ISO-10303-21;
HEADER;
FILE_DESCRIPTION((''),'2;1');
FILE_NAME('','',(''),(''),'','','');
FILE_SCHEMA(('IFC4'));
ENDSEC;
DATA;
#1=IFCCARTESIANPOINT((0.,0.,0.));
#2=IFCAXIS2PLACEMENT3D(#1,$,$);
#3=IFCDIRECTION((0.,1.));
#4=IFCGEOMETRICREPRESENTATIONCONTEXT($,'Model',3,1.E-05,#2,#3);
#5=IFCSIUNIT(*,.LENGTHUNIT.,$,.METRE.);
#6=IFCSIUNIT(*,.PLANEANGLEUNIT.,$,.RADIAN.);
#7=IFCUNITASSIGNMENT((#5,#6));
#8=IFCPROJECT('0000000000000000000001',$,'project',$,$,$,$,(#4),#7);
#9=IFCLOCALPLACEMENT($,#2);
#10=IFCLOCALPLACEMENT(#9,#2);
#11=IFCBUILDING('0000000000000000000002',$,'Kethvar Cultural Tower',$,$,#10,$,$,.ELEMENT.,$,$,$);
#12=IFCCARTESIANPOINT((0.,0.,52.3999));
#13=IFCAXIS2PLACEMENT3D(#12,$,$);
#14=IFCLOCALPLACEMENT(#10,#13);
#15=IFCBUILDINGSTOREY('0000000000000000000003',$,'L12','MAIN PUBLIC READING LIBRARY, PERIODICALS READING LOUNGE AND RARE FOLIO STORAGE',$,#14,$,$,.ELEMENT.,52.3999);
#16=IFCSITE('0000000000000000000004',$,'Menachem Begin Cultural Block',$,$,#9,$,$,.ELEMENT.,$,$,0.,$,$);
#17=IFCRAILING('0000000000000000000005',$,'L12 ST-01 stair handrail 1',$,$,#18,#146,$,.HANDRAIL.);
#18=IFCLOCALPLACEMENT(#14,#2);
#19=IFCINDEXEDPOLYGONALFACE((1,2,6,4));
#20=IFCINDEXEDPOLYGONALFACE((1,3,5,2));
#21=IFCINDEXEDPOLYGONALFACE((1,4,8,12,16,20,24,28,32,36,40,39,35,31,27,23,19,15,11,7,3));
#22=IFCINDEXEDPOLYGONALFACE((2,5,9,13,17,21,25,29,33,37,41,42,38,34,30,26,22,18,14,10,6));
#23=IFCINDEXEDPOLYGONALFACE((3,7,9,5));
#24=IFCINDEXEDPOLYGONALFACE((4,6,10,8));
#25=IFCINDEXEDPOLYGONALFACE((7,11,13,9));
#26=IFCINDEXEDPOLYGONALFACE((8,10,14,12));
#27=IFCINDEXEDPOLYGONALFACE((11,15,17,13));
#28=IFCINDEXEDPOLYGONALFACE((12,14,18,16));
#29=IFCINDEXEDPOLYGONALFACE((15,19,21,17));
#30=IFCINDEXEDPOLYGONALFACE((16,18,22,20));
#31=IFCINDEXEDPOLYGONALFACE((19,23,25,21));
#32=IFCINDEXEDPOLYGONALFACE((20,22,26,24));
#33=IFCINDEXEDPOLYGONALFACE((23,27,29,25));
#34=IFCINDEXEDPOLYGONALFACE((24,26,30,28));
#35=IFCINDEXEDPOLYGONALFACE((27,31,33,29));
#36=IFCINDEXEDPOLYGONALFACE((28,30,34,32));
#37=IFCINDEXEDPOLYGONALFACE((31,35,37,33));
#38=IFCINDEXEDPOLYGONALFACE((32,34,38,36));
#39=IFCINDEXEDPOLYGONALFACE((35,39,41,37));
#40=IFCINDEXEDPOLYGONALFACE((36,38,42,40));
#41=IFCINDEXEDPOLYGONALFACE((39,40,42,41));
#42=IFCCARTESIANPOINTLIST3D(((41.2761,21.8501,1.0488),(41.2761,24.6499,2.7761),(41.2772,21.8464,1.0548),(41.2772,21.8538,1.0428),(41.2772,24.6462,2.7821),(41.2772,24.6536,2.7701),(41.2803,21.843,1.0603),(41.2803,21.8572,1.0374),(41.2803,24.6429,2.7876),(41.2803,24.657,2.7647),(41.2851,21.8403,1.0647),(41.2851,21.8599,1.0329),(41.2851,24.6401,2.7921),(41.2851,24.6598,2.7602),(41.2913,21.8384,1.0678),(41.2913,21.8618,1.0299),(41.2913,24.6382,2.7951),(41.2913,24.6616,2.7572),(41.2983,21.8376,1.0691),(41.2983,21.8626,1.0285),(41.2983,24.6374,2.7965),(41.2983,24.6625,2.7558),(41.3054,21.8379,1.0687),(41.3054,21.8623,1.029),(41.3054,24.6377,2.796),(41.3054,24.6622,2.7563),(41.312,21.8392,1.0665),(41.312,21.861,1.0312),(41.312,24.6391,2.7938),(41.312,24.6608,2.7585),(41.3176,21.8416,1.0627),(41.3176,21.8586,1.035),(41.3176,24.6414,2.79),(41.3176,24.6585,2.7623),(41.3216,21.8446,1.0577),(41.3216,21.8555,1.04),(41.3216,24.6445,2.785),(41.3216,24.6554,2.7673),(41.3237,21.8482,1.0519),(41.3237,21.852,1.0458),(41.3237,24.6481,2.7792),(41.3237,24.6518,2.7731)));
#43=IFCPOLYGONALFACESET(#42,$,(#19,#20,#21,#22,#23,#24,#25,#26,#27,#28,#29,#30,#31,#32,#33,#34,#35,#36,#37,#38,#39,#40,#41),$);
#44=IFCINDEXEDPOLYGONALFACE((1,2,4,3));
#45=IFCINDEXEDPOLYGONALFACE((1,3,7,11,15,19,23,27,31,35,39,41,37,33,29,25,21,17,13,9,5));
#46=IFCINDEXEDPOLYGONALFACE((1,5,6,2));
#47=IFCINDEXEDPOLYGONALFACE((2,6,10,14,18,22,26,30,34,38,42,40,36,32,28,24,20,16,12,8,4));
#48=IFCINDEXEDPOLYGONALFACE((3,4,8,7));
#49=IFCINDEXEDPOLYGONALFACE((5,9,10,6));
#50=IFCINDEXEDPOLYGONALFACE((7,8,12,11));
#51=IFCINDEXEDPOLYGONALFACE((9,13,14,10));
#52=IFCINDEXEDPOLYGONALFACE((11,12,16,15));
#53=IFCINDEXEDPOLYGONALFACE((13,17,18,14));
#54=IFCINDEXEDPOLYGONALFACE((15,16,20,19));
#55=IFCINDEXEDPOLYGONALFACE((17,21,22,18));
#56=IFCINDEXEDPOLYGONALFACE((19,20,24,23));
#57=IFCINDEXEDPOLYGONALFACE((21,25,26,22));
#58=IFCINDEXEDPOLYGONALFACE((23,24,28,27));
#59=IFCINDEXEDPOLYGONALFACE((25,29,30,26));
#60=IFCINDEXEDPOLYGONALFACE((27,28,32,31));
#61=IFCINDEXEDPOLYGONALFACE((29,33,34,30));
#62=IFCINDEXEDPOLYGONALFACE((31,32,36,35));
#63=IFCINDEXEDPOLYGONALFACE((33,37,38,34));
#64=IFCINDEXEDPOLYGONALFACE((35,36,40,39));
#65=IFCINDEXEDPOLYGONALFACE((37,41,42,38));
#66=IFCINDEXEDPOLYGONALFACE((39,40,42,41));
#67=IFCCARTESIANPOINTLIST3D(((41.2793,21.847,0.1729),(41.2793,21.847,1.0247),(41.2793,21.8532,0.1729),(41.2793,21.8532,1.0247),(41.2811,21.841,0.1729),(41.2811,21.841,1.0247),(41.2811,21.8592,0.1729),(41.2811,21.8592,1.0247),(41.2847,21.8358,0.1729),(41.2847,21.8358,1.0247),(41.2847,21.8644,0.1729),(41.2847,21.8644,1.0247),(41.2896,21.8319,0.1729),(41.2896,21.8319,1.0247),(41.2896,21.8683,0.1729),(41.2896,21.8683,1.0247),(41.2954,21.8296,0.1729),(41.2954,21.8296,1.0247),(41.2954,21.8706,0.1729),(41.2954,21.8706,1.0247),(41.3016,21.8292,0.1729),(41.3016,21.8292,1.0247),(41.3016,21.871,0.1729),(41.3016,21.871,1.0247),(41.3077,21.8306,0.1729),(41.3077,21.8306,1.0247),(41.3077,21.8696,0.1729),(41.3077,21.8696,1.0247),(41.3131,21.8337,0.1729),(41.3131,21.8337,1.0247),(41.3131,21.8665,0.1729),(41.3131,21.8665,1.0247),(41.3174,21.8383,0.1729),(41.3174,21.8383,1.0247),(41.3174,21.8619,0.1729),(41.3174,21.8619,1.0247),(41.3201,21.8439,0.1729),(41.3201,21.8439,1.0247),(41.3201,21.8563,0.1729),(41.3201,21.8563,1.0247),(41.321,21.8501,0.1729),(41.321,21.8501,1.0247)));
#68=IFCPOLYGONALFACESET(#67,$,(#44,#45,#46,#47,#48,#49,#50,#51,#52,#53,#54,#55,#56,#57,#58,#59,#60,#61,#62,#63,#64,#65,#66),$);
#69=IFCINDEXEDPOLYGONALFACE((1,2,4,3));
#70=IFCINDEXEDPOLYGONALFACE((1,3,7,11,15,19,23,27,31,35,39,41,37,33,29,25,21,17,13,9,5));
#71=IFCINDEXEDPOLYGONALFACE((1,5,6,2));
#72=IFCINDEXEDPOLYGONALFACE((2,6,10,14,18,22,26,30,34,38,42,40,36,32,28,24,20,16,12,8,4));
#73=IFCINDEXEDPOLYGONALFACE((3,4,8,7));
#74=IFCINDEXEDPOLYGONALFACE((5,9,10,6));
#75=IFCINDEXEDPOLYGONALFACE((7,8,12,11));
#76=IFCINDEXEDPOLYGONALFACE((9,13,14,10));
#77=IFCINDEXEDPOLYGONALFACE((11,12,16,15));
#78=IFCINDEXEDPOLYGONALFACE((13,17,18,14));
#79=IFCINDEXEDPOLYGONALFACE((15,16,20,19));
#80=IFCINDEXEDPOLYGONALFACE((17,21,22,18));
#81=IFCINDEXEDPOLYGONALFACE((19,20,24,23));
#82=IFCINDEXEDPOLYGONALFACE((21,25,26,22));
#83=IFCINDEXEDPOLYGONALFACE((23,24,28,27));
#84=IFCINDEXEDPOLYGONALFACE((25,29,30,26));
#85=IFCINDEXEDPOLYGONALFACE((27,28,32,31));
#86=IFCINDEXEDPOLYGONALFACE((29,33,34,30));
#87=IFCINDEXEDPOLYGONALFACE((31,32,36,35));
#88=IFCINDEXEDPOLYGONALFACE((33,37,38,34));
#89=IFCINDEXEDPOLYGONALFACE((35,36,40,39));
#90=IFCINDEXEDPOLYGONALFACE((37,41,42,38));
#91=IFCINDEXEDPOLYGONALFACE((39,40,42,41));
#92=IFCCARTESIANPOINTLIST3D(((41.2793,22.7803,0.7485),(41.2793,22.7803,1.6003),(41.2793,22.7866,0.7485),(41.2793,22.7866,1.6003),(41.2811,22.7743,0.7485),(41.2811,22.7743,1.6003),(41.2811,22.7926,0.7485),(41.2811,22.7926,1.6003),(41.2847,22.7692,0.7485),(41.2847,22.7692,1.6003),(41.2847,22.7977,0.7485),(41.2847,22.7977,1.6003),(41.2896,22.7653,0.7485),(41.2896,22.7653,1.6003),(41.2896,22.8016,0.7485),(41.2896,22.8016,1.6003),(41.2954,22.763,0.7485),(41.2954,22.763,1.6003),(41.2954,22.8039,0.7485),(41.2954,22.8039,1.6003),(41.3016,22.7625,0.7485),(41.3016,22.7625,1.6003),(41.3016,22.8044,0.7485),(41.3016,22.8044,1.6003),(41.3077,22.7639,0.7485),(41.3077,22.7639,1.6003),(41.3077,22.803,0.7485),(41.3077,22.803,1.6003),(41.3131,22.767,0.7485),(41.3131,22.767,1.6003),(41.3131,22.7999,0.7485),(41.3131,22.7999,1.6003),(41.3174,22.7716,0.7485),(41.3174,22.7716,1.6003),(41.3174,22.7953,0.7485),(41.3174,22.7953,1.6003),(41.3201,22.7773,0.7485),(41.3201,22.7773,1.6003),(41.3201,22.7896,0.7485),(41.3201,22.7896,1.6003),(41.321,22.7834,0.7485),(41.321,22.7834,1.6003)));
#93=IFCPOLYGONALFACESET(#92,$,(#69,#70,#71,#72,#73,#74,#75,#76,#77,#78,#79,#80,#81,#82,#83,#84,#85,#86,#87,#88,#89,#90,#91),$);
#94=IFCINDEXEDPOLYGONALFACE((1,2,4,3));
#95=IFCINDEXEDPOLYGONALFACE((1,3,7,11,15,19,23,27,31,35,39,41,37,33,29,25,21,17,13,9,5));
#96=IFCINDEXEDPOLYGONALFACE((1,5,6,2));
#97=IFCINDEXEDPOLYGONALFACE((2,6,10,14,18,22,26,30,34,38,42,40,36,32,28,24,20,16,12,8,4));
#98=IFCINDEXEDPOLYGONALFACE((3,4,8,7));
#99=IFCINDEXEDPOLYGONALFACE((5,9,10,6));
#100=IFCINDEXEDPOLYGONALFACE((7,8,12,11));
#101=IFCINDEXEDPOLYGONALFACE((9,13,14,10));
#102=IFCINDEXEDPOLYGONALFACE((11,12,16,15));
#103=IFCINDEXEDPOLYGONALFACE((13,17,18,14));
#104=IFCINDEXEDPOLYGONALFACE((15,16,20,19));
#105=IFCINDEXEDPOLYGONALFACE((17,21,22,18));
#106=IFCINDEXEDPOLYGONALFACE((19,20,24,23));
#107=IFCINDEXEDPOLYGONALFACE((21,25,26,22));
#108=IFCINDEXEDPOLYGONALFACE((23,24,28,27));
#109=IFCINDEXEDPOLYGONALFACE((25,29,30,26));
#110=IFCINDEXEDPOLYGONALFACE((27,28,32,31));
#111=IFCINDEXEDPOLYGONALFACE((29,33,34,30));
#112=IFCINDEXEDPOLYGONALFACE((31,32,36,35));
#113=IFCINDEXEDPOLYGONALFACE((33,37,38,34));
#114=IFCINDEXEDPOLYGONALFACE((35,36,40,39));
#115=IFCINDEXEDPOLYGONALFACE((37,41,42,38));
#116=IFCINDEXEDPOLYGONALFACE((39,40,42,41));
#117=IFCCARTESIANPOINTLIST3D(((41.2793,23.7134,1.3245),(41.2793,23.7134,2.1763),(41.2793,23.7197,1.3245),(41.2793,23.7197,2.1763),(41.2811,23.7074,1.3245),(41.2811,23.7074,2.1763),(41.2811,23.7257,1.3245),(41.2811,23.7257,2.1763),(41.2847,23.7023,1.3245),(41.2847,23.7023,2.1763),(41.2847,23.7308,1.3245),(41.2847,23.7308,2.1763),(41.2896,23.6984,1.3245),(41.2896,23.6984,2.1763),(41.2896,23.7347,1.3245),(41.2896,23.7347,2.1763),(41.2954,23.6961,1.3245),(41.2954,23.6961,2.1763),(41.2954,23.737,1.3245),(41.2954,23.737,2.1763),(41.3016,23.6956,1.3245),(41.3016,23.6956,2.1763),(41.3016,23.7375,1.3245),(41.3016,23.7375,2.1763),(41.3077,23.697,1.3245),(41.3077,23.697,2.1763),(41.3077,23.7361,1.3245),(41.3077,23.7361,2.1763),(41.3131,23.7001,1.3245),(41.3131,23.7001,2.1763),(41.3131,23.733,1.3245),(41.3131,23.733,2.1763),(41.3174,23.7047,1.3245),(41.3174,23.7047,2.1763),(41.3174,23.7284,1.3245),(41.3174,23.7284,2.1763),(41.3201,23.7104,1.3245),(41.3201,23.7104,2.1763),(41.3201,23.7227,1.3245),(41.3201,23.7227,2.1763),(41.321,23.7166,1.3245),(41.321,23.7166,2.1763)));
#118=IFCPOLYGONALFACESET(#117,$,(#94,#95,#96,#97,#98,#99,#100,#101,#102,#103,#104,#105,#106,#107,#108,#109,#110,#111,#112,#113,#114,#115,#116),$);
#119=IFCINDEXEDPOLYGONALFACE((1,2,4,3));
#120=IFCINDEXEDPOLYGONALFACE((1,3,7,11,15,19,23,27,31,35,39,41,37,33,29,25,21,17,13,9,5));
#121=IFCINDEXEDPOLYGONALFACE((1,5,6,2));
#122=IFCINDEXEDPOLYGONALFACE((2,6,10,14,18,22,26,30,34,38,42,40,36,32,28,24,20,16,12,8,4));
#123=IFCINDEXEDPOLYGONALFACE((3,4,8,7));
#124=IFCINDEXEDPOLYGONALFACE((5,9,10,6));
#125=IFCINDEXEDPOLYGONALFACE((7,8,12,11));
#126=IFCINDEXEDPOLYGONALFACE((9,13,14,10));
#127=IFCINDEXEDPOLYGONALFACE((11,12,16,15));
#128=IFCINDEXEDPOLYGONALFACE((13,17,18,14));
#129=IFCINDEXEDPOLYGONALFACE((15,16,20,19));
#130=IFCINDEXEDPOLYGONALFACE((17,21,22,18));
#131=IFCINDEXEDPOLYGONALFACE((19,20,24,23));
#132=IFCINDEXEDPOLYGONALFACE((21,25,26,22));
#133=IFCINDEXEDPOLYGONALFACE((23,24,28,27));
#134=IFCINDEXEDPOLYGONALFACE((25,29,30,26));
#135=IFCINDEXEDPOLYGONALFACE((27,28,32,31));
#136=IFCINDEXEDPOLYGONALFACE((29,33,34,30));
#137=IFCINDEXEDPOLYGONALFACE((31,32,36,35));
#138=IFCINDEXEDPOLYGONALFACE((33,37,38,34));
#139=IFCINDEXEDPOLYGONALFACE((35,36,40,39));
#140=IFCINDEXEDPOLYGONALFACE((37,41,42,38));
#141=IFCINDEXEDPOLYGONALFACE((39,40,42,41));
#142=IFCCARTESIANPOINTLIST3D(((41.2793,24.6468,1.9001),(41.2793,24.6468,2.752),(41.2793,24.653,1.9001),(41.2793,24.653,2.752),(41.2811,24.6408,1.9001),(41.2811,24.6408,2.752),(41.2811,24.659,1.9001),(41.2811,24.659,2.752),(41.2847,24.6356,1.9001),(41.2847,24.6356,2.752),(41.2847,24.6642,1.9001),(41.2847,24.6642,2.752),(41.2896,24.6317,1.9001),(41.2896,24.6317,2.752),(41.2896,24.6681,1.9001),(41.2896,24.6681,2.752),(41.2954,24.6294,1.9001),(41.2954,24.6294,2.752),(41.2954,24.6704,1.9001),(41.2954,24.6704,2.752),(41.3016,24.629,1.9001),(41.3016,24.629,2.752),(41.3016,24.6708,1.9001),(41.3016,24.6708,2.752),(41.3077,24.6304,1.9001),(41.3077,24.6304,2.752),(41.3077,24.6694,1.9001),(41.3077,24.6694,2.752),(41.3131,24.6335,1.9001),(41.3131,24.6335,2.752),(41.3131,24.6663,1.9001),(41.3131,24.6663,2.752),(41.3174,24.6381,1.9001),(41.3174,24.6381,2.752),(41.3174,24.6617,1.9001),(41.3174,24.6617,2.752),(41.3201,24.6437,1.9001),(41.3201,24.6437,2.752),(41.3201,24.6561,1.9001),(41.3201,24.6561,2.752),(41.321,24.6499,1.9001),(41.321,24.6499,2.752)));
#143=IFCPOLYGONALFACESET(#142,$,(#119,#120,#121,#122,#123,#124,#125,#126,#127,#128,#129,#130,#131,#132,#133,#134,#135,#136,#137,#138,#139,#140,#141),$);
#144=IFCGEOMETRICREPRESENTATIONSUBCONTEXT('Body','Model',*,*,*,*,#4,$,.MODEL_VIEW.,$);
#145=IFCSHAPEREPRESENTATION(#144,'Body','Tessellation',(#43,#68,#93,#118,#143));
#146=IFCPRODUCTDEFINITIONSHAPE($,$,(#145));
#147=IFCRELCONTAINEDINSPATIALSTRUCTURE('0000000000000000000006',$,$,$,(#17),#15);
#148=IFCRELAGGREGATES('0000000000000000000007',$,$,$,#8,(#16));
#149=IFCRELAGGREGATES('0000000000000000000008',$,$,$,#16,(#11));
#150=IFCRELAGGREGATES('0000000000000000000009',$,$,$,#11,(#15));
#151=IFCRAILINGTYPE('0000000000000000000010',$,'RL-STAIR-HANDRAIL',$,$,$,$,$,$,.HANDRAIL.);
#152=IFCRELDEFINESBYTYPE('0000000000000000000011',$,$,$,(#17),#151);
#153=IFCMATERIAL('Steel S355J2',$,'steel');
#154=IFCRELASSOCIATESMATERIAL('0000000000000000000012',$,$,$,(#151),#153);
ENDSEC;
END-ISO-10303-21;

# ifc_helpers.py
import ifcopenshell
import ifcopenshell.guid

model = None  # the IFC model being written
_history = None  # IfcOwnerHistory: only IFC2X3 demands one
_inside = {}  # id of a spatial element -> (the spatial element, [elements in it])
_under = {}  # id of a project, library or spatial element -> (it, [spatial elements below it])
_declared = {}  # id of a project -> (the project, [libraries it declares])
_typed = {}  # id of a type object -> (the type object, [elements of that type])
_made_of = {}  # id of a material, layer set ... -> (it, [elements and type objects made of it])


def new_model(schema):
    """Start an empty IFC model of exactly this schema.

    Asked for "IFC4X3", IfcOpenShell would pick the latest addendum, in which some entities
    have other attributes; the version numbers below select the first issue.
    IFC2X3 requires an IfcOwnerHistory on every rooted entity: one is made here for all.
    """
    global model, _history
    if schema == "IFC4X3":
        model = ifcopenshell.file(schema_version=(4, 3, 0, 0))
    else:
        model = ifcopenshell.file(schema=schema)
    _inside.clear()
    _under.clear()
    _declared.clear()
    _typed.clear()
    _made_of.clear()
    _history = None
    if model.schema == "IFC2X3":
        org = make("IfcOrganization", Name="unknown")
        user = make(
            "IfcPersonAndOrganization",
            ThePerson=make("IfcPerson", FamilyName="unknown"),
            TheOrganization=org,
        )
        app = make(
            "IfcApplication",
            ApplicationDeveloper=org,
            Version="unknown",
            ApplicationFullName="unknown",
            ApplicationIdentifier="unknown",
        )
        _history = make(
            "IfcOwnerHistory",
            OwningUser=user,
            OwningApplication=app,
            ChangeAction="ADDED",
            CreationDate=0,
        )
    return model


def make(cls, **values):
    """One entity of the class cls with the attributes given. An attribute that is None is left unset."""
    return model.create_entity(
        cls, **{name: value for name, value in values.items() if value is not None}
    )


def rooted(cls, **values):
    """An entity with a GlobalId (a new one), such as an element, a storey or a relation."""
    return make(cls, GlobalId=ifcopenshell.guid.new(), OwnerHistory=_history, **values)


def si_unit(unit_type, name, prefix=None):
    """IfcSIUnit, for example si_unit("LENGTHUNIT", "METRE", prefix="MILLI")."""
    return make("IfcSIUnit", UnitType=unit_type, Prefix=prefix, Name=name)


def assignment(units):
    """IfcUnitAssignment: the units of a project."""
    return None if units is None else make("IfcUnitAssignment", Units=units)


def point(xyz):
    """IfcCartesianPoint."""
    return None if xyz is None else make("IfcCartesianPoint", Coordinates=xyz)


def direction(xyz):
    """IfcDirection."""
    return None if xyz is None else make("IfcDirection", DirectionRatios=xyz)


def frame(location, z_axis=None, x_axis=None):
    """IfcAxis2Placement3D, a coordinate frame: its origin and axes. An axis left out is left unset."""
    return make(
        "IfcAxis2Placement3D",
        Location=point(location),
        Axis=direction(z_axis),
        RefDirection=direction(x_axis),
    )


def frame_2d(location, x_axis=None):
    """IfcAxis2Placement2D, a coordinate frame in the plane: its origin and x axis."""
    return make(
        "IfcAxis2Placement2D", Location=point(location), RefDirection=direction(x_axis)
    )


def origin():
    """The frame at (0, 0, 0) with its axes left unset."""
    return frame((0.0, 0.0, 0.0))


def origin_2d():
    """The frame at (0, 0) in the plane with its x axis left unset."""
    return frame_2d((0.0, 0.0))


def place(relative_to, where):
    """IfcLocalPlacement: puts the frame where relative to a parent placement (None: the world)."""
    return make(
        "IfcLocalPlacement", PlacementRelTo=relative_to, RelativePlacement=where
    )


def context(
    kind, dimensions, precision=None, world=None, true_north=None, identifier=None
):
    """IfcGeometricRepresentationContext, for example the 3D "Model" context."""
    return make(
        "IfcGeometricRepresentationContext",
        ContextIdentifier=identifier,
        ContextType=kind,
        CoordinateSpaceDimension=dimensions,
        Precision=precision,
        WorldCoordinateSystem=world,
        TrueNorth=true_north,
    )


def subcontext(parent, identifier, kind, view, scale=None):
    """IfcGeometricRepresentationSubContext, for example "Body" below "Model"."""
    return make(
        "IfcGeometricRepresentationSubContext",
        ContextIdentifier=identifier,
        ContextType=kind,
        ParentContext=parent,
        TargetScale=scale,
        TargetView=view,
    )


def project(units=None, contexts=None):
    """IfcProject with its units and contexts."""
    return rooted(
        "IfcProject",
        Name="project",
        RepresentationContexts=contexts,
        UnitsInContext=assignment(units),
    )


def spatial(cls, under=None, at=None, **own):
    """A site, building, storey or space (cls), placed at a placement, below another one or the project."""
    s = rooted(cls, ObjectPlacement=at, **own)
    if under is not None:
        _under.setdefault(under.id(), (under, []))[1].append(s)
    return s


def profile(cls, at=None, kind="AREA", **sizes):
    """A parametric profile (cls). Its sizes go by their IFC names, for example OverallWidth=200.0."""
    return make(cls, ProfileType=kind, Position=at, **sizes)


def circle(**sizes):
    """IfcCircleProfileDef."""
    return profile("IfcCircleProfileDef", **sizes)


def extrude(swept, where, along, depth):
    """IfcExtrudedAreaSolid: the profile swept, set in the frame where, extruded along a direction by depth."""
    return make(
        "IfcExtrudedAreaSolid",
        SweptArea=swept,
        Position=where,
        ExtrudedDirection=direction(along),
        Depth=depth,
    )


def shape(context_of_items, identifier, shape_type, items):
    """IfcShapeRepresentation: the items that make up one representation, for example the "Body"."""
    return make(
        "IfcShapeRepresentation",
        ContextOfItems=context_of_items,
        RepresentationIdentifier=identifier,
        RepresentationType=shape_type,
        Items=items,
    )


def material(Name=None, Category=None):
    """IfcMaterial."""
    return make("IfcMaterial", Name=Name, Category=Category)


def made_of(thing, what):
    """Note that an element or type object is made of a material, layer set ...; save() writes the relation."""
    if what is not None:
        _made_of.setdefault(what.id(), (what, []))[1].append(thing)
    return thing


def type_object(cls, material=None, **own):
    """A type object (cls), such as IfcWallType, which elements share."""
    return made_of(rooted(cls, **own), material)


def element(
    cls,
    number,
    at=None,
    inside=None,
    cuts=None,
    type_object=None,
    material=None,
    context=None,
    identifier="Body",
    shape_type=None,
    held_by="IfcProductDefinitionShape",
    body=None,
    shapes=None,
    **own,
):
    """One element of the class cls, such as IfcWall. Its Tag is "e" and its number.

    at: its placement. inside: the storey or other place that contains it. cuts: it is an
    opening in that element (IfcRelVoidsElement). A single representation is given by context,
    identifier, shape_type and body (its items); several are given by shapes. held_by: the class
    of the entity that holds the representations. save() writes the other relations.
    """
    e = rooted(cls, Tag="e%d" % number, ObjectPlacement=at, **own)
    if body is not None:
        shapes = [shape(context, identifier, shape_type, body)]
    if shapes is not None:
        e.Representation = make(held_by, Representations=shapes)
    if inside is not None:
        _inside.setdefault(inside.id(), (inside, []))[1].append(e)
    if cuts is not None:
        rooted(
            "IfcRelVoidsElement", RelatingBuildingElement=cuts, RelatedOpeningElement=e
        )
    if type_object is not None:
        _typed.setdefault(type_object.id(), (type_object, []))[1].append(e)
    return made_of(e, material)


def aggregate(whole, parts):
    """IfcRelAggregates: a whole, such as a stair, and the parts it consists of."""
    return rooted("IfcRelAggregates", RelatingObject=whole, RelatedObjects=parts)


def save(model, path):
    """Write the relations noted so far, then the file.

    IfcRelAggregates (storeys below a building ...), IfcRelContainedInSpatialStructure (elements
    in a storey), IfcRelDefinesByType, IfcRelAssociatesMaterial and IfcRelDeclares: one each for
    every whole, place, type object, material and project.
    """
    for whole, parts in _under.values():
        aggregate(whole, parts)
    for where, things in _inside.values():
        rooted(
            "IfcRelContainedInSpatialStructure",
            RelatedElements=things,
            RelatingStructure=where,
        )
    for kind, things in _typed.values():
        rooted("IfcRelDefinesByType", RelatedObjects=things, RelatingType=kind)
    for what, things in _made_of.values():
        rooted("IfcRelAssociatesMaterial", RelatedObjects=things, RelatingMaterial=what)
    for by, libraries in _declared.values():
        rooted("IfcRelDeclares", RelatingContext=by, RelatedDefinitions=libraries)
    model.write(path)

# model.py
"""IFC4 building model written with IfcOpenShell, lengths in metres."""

from ifc_helpers import new_model, si_unit, direction, frame, origin, origin_2d, place, context, subcontext, project, spatial, circle, extrude, material, type_object, element, save


model = new_model("IFC4")

# Units and contexts
model_context = context("Model", 3, precision=1e-05, world=origin(), true_north=direction((0.0, 1.0)))
body_context = subcontext(model_context, "Body", "Model", "MODEL_VIEW")
ifc_project = project(units=[si_unit("LENGTHUNIT", "METRE"), si_unit("PLANEANGLEUNIT", "RADIAN")], contexts=[model_context])

# Site, building, storey
site_placement = place(None, origin())
site = spatial("IfcSite", under=ifc_project, at=site_placement, Name="Menachem Begin Cultural Block", CompositionType="ELEMENT", RefElevation=0.0)
building_placement = place(site_placement, origin())
building = spatial("IfcBuilding", under=site, at=building_placement, Name="Kethvar Cultural Tower", CompositionType="ELEMENT")
storey_placement = place(building_placement, frame((0.0, 0.0, 52.3999)))
storey = spatial("IfcBuildingStorey", under=building, at=storey_placement, Name="L12", Description="MAIN PUBLIC READING LIBRARY, PERIODICALS READING LOUNGE AND RARE FOLIO STORAGE", CompositionType="ELEMENT", Elevation=52.3999)

# Shared definitions
ifc_material_1 = material(Name="Steel S355J2", Category="steel")

# Railing
railing_type_1 = type_object("IfcRailingType", Name="RL-STAIR-HANDRAIL", PredefinedType="HANDRAIL", material=ifc_material_1)
railing_1_placement = place(storey_placement, frame((41.3, 21.8501, 0.1729)))
element("IfcRailing", 1, at=railing_1_placement, inside=storey, type_object=railing_type_1, Name="L12 ST-01 stair handrail 1", PredefinedType="HANDRAIL", context=body_context, shape_type="SweptSolid", body=[
    extrude(circle(Radius=0.0239, at=origin_2d()), frame((0.0, 0.0, 0.876), z_axis=(0.0, 0.851069, 0.525054), x_axis=(-1.0, 0.0, 0.0)), (0.0, 0.0, 1.0), 3.2898),
    extrude(circle(Radius=0.021, at=origin_2d()), origin(), (0.0, 0.0, 1.0), 0.8518),
    extrude(circle(Radius=0.021, at=origin_2d()), frame((0.0, 0.9333, 0.5757)), (0.0, 0.0, 1.0), 0.8518),
    extrude(circle(Radius=0.021, at=origin_2d()), frame((0.0, 1.8665, 1.1516)), (0.0, 0.0, 1.0), 0.8518),
    extrude(circle(Radius=0.021, at=origin_2d()), frame((0.0, 2.7998, 1.7273)), (0.0, 0.0, 1.0), 0.8518),
])

save(model, "model.ifc")
